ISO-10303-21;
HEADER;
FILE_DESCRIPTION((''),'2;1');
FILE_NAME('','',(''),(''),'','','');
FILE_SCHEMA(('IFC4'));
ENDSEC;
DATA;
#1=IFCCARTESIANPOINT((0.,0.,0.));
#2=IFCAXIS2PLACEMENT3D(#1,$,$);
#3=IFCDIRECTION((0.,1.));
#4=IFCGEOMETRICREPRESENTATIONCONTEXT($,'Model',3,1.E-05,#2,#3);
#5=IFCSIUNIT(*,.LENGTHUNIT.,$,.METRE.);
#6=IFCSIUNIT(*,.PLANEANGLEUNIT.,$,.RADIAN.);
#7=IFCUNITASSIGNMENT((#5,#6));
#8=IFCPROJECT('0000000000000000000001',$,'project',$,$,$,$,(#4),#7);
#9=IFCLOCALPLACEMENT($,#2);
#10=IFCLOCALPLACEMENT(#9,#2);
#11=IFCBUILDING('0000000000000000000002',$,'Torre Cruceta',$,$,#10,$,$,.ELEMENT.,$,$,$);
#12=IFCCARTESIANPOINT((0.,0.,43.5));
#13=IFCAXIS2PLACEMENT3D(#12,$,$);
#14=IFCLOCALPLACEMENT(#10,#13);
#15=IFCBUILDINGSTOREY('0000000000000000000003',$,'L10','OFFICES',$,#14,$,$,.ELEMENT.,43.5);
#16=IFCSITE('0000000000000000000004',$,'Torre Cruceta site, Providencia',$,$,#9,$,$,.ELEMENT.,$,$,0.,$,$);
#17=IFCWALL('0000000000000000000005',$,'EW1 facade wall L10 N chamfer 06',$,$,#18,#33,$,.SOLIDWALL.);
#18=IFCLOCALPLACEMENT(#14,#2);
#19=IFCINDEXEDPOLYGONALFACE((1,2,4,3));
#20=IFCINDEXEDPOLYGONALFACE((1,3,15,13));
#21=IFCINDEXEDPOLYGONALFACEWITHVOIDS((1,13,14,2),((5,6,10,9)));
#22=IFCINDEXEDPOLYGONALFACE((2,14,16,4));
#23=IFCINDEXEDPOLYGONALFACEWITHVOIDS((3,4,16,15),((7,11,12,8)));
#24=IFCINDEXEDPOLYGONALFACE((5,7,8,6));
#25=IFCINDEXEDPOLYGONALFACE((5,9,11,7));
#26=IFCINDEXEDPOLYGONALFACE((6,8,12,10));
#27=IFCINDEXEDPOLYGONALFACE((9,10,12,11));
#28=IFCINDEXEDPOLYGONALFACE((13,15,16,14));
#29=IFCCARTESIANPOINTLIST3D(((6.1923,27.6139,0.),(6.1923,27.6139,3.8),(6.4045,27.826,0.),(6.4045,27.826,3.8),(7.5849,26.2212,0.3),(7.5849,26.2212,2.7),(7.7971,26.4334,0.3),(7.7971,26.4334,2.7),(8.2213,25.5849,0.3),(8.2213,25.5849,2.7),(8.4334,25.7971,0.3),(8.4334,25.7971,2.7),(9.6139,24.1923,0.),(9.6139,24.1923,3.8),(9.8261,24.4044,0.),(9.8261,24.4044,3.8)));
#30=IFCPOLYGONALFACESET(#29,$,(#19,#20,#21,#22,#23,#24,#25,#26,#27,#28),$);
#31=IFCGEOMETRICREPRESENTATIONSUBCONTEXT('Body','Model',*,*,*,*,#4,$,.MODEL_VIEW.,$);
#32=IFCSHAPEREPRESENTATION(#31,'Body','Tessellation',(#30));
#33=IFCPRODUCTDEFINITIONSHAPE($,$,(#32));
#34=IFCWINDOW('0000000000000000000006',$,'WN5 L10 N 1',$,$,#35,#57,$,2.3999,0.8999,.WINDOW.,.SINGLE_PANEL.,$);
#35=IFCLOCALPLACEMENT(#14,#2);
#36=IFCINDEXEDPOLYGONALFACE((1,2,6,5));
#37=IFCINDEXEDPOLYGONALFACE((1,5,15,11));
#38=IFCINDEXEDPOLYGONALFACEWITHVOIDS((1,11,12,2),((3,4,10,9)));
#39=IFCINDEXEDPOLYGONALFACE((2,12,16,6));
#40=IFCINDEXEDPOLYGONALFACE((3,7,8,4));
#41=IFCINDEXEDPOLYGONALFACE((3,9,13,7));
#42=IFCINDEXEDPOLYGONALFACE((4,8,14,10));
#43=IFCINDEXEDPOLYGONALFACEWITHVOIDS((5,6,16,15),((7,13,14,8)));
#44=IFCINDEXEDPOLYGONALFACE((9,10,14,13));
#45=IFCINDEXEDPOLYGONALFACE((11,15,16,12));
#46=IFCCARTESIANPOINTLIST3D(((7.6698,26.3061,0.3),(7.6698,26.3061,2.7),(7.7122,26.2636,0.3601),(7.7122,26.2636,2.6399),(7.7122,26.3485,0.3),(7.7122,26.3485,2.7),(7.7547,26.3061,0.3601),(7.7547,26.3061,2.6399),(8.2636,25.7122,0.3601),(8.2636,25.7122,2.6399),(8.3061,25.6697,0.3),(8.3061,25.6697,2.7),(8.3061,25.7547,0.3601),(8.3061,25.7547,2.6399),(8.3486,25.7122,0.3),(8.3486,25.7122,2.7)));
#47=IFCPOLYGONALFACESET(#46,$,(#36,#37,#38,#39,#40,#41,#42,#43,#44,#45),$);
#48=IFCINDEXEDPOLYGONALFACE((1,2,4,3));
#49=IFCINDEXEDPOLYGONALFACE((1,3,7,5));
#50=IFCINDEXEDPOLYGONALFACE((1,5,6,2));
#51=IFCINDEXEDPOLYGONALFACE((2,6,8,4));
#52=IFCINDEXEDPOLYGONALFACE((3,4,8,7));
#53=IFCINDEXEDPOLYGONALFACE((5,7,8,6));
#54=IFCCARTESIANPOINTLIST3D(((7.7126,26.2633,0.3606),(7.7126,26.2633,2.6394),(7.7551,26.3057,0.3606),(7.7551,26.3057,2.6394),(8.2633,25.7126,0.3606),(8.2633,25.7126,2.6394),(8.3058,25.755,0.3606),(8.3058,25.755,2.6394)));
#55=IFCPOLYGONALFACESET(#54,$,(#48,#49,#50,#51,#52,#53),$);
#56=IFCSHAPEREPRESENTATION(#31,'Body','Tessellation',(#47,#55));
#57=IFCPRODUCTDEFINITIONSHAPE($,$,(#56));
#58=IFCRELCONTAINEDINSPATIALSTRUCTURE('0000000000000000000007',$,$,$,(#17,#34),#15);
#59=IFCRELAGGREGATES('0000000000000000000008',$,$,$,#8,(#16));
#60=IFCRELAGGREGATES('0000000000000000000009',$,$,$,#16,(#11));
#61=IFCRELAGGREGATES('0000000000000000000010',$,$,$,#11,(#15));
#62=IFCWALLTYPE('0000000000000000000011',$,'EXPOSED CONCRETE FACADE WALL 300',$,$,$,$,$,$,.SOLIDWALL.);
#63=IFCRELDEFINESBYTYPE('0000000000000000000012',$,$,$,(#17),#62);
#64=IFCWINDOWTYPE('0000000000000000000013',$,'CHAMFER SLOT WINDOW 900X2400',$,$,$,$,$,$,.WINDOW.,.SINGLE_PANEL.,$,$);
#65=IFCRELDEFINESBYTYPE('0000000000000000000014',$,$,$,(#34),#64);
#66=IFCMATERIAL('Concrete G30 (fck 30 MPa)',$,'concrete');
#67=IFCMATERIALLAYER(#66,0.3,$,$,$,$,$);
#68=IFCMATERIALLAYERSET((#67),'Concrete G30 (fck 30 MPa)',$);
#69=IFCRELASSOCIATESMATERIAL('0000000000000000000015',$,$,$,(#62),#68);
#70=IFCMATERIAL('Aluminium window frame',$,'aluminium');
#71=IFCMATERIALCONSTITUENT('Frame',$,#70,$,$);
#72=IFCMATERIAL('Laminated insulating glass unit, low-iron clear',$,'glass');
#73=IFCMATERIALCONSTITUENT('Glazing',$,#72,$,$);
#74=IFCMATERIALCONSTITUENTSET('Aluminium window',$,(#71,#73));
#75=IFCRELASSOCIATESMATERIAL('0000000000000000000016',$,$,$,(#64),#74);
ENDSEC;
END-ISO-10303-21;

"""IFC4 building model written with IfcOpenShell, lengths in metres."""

from ifc_helpers import new_model, si_unit, direction, frame, frame_2d, origin, place, context, subcontext, project, spatial, rectangle, hollow_rectangle, extrude, material, layer, layer_set, constituent, constituent_set, type_object, element, fill, save


model = new_model("IFC4")

# Units and contexts
model_context = context("Model", 3, precision=1e-05, world=origin(), true_north=direction((0.0, 1.0)))
body_context = subcontext(model_context, "Body", "Model", "MODEL_VIEW")
ifc_project = project(units=[si_unit("LENGTHUNIT", "METRE"), si_unit("PLANEANGLEUNIT", "RADIAN")], contexts=[model_context])

# Site, building, storey
site_placement = place(None, origin())
site = spatial("IfcSite", under=ifc_project, at=site_placement, Name="Torre Cruceta site, Providencia", CompositionType="ELEMENT", RefElevation=0.0)
building_placement = place(site_placement, origin())
building = spatial("IfcBuilding", under=site, at=building_placement, Name="Torre Cruceta", CompositionType="ELEMENT")
storey_placement = place(building_placement, frame((0.0, 0.0, 43.5)))
storey = spatial("IfcBuildingStorey", under=building, at=storey_placement, Name="L10", Description="OFFICES", CompositionType="ELEMENT", Elevation=43.5)

# Wall, opening, window
ifc_material_1 = material(Name="Concrete G30 (fck 30 MPa)", Category="concrete")
ifc_layer_1 = layer(ifc_material_1, 0.3)
ifc_layer_set_1 = layer_set([ifc_layer_1], Name="Concrete G30 (fck 30 MPa)")
wall_type = type_object("IfcWallType", Name="EXPOSED CONCRETE FACADE WALL 300", PredefinedType="SOLIDWALL", material=ifc_layer_set_1)
wall_placement = place(storey_placement, frame((9.72, 24.2983, 0.0), z_axis=(0.0, 0.0, 1.0), x_axis=(-0.707107, 0.707107, 0.0)))
wall = element("IfcWall", 1, at=wall_placement, inside=storey, type_object=wall_type, Name="EW1 facade wall L10 N chamfer 06", PredefinedType="SOLIDWALL", context=body_context, shape_type="SweptSolid", body=[
    extrude(rectangle(XDim=4.8389, YDim=0.3, at=frame_2d((2.4194, 0.0))), origin(), (0.0, 0.0, 1.0), 3.8),
])
opening_placement = place(wall_placement, frame((1.9695, 0.0, 0.3)))
opening = element("IfcOpeningElement", 2, at=opening_placement, cuts=wall, PredefinedType="OPENING", context=body_context, shape_type="SweptSolid", body=[
    extrude(rectangle(XDim=0.8999, YDim=2.3999, at=frame_2d((0.45, 1.2))), frame((0.0, 0.1599, 0.0), z_axis=(0.0, -1.0, 0.0), x_axis=(1.0, 0.0, 0.0)), (0.0, 0.0, 1.0), 0.3201),
])
ifc_material_2 = material(Name="Aluminium window frame", Category="aluminium")
ifc_constituent_1 = constituent(ifc_material_2, Name="Frame")
ifc_material_3 = material(Name="Laminated insulating glass unit, low-iron clear", Category="glass")
ifc_constituent_2 = constituent(ifc_material_3, Name="Glazing")
ifc_constituent_set = constituent_set(constituents=[ifc_constituent_1, ifc_constituent_2], Name="Aluminium window")
window_type = type_object("IfcWindowType", Name="CHAMFER SLOT WINDOW 900X2400", PartitioningType="SINGLE_PANEL", PredefinedType="WINDOW", material=ifc_constituent_set)
window_placement = place(opening_placement, origin())
window = element("IfcWindow", 3, at=window_placement, inside=storey, type_object=window_type, Name="WN5 L10 N 1", OverallHeight=2.3999, OverallWidth=0.8999, PartitioningType="SINGLE_PANEL", PredefinedType="WINDOW", context=body_context, shape_type="SweptSolid", body=[
    extrude(hollow_rectangle(XDim=0.8999, YDim=2.3999, WallThickness=0.0601, at=frame_2d((0.45, 1.2))), frame((0.0, 0.03, 0.0), z_axis=(0.0, -1.0, 0.0), x_axis=(1.0, 0.0, 0.0)), (0.0, 0.0, 1.0), 0.0601),
    extrude(rectangle(XDim=0.7788, YDim=2.2788, at=frame_2d((0.45, 1.2))), frame((0.0, 0.03, 0.0), z_axis=(0.0, -1.0, 0.0), x_axis=(1.0, 0.0, 0.0)), (0.0, 0.0, 1.0), 0.0601),
])
fill(opening, window)

save(model, "model.ifc")
